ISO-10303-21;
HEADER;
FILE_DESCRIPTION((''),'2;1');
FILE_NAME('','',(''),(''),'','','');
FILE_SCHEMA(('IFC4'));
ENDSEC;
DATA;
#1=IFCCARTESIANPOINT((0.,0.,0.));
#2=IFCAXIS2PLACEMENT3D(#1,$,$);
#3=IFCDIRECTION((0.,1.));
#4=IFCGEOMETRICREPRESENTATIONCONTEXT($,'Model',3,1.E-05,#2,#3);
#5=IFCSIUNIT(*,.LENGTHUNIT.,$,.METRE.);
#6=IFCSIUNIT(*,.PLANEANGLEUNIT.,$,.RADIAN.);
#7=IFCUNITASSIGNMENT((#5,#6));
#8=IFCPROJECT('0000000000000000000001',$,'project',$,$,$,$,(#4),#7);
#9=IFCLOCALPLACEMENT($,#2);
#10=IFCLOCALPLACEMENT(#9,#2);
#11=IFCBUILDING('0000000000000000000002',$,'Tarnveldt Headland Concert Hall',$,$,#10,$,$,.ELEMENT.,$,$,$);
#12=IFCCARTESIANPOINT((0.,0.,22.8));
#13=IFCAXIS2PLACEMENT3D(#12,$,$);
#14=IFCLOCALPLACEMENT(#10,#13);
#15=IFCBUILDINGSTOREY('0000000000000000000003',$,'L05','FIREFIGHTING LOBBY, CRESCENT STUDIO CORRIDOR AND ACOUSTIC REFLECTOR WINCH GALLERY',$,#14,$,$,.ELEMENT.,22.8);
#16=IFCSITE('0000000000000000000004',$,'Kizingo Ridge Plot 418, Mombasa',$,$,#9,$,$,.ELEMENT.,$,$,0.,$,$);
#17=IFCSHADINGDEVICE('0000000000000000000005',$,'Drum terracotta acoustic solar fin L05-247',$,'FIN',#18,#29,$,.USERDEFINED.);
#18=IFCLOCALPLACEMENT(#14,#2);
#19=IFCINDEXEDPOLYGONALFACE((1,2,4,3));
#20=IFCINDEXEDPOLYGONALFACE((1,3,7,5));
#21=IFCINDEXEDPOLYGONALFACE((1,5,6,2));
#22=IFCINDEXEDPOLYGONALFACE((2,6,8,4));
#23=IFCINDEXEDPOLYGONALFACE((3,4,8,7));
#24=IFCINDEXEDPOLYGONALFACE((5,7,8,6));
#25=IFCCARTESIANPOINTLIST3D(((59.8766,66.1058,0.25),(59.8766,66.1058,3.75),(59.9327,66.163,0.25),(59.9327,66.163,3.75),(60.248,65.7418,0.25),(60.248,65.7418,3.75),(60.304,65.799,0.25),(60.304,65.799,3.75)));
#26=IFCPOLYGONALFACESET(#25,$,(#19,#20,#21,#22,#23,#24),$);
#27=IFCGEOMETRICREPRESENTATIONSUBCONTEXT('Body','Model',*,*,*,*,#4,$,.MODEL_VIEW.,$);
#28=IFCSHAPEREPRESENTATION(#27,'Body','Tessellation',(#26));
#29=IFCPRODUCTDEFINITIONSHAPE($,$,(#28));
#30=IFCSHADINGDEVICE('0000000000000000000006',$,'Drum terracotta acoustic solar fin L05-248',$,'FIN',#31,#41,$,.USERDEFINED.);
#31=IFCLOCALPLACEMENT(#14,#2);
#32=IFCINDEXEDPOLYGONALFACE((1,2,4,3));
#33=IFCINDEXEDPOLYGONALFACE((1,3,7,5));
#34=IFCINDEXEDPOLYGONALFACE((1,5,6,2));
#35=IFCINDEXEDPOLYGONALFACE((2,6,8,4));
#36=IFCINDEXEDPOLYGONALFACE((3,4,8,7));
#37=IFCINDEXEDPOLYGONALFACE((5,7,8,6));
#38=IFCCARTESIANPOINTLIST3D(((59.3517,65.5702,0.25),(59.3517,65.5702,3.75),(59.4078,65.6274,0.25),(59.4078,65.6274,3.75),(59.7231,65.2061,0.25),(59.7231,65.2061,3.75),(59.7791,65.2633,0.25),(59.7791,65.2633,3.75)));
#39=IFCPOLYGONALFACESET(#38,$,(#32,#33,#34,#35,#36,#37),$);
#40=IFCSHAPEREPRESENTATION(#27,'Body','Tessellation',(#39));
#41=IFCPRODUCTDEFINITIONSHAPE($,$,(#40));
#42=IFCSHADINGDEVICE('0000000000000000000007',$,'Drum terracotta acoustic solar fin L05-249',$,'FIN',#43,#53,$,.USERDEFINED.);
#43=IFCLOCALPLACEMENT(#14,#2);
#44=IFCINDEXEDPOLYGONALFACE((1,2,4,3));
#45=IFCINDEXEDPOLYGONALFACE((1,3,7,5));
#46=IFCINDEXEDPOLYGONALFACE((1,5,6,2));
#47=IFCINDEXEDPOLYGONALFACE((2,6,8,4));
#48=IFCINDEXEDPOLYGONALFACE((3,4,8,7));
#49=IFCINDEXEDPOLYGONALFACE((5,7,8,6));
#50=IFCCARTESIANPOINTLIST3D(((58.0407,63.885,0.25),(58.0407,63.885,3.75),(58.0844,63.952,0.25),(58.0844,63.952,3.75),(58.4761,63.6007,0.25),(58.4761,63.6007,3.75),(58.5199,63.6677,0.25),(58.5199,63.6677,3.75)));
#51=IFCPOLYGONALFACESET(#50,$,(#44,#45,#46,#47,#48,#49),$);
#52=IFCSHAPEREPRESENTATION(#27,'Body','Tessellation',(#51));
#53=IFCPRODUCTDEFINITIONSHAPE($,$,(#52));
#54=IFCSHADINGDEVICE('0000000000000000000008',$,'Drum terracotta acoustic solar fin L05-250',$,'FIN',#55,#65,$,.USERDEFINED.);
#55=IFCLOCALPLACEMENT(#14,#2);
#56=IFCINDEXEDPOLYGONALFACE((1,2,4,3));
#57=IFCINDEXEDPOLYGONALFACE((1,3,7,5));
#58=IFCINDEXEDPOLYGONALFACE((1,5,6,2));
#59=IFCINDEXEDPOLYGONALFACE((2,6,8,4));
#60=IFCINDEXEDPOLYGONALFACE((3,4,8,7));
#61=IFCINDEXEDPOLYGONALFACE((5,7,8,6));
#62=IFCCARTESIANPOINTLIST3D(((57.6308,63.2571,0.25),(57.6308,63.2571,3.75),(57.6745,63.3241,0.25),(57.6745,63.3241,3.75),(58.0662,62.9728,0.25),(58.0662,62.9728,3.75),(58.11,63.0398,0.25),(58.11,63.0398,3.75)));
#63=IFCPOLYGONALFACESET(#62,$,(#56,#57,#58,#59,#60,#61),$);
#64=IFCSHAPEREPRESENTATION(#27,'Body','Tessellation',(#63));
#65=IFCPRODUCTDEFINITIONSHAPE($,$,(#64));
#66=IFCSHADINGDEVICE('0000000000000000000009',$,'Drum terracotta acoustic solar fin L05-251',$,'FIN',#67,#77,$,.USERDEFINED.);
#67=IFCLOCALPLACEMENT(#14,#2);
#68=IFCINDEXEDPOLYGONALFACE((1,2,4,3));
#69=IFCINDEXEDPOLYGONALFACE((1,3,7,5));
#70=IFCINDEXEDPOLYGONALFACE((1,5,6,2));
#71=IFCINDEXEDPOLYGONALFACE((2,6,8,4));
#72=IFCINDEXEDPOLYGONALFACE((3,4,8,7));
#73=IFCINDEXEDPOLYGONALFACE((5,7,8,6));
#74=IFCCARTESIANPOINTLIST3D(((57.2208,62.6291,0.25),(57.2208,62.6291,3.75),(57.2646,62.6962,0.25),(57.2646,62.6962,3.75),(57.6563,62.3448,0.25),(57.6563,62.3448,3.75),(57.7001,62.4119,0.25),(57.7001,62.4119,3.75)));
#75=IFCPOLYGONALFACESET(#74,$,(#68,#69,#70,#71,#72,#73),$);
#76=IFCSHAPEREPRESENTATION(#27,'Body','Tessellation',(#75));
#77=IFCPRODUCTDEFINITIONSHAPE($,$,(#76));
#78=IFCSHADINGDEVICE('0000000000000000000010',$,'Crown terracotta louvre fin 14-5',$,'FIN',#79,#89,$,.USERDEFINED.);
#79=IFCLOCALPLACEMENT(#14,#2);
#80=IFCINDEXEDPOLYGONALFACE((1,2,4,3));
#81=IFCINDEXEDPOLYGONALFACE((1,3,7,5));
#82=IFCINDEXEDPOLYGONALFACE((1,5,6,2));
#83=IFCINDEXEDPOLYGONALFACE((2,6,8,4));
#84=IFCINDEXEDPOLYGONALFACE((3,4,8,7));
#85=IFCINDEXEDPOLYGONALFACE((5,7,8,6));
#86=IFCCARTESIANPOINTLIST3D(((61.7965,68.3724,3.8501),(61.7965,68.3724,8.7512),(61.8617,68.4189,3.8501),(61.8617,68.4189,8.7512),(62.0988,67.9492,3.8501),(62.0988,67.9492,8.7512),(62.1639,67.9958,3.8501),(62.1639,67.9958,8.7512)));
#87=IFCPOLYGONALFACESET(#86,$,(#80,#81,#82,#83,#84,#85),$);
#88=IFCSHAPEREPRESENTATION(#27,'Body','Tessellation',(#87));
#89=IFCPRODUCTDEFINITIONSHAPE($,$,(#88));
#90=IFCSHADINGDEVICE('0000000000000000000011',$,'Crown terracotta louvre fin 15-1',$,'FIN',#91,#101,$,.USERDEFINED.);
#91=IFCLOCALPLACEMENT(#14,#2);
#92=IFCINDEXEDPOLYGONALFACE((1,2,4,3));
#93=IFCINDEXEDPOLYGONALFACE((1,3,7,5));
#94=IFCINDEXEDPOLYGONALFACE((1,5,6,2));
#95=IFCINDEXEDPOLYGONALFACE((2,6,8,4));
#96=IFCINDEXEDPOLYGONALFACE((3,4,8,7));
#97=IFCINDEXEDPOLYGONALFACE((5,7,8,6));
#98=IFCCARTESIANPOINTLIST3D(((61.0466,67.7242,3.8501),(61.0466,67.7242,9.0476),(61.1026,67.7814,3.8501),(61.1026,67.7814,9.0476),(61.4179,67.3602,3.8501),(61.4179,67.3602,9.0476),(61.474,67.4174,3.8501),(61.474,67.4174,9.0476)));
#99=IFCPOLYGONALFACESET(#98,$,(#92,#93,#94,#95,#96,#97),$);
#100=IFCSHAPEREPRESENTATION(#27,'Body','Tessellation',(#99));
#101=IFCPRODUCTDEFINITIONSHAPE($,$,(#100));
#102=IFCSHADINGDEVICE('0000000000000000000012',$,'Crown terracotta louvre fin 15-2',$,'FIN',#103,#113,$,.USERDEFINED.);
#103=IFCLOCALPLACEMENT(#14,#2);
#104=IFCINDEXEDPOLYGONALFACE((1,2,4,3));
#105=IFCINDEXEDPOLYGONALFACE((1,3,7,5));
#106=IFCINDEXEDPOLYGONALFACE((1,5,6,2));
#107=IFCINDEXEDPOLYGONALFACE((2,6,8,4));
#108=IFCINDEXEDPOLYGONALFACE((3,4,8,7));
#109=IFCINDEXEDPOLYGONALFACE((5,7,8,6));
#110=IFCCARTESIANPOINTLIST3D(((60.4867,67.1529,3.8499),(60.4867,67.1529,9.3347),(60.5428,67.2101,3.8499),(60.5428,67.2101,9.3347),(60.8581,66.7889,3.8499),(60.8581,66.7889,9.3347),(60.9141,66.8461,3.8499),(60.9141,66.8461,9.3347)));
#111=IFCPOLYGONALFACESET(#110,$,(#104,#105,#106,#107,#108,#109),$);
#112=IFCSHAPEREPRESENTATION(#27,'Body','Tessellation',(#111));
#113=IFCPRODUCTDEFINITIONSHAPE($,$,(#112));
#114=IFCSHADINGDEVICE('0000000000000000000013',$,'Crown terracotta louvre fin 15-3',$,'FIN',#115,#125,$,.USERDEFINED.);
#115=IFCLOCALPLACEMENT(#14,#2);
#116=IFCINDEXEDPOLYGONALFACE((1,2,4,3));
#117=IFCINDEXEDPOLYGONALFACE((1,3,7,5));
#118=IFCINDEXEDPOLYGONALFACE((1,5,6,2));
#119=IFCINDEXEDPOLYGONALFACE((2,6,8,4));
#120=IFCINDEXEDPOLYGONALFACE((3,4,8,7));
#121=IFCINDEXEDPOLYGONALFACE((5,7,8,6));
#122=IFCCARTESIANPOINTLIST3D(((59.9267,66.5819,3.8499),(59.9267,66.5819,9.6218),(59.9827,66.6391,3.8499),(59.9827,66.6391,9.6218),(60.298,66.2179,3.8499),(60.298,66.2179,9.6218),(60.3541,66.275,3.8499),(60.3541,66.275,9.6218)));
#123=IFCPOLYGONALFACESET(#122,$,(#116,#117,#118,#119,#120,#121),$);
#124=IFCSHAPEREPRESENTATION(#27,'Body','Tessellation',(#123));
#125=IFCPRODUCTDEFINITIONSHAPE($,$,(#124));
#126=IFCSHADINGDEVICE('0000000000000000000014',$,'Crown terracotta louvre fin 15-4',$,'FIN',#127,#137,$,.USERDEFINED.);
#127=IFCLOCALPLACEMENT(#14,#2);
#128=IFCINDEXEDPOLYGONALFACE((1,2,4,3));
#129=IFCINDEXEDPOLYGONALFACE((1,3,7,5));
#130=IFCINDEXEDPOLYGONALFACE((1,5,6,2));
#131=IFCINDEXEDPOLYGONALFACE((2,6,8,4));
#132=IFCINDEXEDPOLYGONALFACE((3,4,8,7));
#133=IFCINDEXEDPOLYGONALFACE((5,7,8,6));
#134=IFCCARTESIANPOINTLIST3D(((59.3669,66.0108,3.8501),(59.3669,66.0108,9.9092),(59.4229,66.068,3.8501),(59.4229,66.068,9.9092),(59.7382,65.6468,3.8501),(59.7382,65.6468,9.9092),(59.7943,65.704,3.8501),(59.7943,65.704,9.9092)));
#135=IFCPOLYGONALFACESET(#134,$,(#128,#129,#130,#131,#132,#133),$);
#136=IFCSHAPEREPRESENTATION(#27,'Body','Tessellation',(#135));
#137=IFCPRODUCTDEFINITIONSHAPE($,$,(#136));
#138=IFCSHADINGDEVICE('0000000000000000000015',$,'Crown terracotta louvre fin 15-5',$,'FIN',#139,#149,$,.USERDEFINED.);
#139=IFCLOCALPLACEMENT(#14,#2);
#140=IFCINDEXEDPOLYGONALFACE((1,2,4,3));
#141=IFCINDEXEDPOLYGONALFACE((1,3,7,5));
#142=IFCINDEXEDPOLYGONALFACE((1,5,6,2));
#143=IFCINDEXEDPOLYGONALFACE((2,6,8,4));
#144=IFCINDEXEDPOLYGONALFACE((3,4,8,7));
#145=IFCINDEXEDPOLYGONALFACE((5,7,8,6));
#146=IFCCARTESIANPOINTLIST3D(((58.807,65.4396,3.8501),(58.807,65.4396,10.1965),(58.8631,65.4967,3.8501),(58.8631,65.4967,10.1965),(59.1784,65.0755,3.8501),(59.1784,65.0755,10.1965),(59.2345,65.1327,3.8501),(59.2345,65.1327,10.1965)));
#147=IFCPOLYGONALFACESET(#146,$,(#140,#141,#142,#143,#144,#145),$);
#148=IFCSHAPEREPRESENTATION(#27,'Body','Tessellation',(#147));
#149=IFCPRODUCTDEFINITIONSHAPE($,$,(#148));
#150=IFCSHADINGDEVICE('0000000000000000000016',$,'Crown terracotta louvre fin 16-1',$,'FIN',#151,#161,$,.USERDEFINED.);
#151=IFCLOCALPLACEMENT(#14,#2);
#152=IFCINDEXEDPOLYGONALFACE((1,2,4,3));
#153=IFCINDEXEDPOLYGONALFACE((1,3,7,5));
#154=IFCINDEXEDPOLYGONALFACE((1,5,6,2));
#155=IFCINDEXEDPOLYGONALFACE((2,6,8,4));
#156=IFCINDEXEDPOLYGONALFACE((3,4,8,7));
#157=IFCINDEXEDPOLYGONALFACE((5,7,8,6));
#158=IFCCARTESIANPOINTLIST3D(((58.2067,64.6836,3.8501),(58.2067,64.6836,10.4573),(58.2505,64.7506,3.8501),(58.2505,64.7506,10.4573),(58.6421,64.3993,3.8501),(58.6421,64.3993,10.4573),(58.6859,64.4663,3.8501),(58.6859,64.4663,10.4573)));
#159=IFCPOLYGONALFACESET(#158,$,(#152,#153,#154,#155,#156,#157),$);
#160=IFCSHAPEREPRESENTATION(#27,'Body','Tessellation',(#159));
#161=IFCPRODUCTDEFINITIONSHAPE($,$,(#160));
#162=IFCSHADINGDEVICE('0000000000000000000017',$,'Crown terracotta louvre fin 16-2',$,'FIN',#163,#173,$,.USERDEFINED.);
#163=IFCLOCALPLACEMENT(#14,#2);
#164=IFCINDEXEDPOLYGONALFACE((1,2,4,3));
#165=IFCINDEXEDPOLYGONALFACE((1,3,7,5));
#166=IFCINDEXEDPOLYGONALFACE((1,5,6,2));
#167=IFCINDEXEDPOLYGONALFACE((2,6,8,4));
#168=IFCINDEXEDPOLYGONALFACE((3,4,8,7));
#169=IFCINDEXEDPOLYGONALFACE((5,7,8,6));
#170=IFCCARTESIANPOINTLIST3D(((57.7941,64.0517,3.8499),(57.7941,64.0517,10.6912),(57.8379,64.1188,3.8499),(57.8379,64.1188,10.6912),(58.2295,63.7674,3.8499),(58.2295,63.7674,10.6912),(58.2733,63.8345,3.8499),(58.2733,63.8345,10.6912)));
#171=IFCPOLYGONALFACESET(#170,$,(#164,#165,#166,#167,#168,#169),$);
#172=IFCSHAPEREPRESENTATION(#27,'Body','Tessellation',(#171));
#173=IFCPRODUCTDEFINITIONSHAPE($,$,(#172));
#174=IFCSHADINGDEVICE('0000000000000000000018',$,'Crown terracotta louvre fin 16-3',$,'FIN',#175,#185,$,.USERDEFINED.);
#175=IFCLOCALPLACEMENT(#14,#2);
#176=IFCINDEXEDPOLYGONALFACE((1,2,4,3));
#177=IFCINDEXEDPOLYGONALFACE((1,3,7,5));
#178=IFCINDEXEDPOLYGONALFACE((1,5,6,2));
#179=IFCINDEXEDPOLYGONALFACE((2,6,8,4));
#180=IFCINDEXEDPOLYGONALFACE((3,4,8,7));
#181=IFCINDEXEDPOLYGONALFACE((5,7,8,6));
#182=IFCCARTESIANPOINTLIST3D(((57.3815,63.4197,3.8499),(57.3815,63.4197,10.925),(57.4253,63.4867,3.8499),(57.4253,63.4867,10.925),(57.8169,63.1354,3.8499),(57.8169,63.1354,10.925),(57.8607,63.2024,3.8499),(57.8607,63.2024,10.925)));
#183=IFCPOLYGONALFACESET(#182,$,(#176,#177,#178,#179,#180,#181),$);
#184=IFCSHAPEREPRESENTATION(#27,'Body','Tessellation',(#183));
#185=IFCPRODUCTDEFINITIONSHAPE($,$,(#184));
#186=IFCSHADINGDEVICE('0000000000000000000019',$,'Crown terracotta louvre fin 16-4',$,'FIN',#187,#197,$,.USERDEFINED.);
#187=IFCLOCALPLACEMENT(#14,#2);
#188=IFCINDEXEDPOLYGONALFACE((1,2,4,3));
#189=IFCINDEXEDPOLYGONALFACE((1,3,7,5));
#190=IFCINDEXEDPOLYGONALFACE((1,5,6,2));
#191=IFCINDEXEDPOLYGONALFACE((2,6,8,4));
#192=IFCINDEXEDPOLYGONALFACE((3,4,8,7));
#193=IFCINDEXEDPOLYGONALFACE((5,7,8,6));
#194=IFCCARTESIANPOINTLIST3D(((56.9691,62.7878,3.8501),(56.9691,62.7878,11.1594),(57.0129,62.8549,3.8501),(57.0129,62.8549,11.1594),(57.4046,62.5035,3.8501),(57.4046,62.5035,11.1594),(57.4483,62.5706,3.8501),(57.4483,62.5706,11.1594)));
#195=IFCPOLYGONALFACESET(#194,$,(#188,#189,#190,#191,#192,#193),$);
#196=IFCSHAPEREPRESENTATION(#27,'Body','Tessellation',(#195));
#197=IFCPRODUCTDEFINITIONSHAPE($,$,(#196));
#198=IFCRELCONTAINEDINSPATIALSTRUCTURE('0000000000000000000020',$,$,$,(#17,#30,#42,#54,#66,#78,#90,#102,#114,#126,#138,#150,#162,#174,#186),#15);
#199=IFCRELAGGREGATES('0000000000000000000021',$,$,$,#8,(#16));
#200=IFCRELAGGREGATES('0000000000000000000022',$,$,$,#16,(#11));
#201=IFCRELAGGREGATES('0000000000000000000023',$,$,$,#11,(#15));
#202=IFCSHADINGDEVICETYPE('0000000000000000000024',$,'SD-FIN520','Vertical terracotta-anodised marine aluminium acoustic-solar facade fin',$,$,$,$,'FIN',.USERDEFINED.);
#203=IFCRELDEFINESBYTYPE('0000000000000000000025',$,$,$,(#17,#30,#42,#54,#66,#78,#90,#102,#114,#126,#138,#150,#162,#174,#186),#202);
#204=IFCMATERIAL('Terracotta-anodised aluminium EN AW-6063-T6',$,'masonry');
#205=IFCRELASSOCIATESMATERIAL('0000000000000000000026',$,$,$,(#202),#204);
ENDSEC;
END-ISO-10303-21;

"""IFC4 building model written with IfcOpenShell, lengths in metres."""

from ifc_helpers import new_model, si_unit, direction, frame, origin, origin_2d, place, context, subcontext, project, spatial, rectangle, extrude, material, type_object, element, save


model = new_model("IFC4")

# Units and contexts
model_context = context("Model", 3, precision=1e-05, world=origin(), true_north=direction((0.0, 1.0)))
body_context = subcontext(model_context, "Body", "Model", "MODEL_VIEW")
ifc_project = project(units=[si_unit("LENGTHUNIT", "METRE"), si_unit("PLANEANGLEUNIT", "RADIAN")], contexts=[model_context])

# Site, building, storey
site_placement = place(None, origin())
site = spatial("IfcSite", under=ifc_project, at=site_placement, Name="Kizingo Ridge Plot 418, Mombasa", CompositionType="ELEMENT", RefElevation=0.0)
building_placement = place(site_placement, origin())
building = spatial("IfcBuilding", under=site, at=building_placement, Name="Tarnveldt Headland Concert Hall", CompositionType="ELEMENT")
storey_placement = place(building_placement, frame((0.0, 0.0, 22.8)))
storey = spatial("IfcBuildingStorey", under=building, at=storey_placement, Name="L05", Description="FIREFIGHTING LOBBY, CRESCENT STUDIO CORRIDOR AND ACOUSTIC REFLECTOR WINCH GALLERY", CompositionType="ELEMENT", Elevation=22.8)

# Shading devices
ifc_material_1 = material(Name="Terracotta-anodised aluminium EN AW-6063-T6", Category="masonry")
shading_device_type = type_object("IfcShadingDeviceType", Name="SD-FIN520", Description="Vertical terracotta-anodised marine aluminium acoustic-solar facade fin", ElementType="FIN", PredefinedType="USERDEFINED", material=ifc_material_1)
for number, where, z_axis, x_axis, name in (
    (1, (60.0903, 65.9524, 0.25), (0.0, 0.0, 1.0), (-0.714106, 0.700037, 0.0), "Drum terracotta acoustic solar fin L05-247"),
    (2, (59.5654, 65.4167, 0.25), (0.0, 0.0, 1.0), (-0.714106, 0.700037, 0.0), "Drum terracotta acoustic solar fin L05-248"),
    (3, (58.2803, 63.7764, 0.25), (0.0, 0.0, 1.0), (-0.837337, 0.546687, 0.0), "Drum terracotta acoustic solar fin L05-249"),
    (4, (57.8704, 63.1484, 0.25), (0.0, 0.0, 1.0), (-0.837337, 0.546687, 0.0), "Drum terracotta acoustic solar fin L05-250"),
    (5, (57.4604, 62.5205, 0.25), (0.0, 0.0, 1.0), (-0.837337, 0.546687, 0.0), "Drum terracotta acoustic solar fin L05-251"),
):
    element("IfcShadingDevice", number, at=place(storey_placement, frame(where, z_axis=z_axis, x_axis=x_axis)), inside=storey, type_object=shading_device_type, Name=name, ObjectType="FIN", PredefinedType="USERDEFINED", context=body_context, shape_type="SweptSolid", body=[
        extrude(rectangle(XDim=0.52, YDim=0.0801, at=origin_2d()), origin(), (0.0, 0.0, 1.0), 3.5),
    ])
shading_device_1_placement = place(storey_placement, frame((61.9802, 68.1841, 3.8501), z_axis=(0.0, 0.0, 1.0), x_axis=(-0.581271, 0.81371, 0.0)))
element("IfcShadingDevice", 6, at=shading_device_1_placement, inside=storey, type_object=shading_device_type, Name="Crown terracotta louvre fin 14-5", ObjectType="FIN", PredefinedType="USERDEFINED", context=body_context, shape_type="SweptSolid", body=[
    extrude(rectangle(XDim=0.52, YDim=0.0801, at=origin_2d()), origin(), (0.0, 0.0, 1.0), 4.9011),
])
shading_device_2_placement = place(storey_placement, frame((61.2603, 67.5708, 3.8501), z_axis=(0.0, 0.0, 1.0), x_axis=(-0.714106, 0.700037, 0.0)))
element("IfcShadingDevice", 7, at=shading_device_2_placement, inside=storey, type_object=shading_device_type, Name="Crown terracotta louvre fin 15-1", ObjectType="FIN", PredefinedType="USERDEFINED", context=body_context, shape_type="SweptSolid", body=[
    extrude(rectangle(XDim=0.52, YDim=0.0801, at=origin_2d()), origin(), (0.0, 0.0, 1.0), 5.1975),
])
shading_device_3_placement = place(storey_placement, frame((60.7004, 66.9995, 3.8499), z_axis=(0.0, 0.0, 1.0), x_axis=(-0.714106, 0.700037, 0.0)))
element("IfcShadingDevice", 8, at=shading_device_3_placement, inside=storey, type_object=shading_device_type, Name="Crown terracotta louvre fin 15-2", ObjectType="FIN", PredefinedType="USERDEFINED", context=body_context, shape_type="SweptSolid", body=[
    extrude(rectangle(XDim=0.52, YDim=0.0801, at=origin_2d()), origin(), (0.0, 0.0, 1.0), 5.4849),
])
shading_device_4_placement = place(storey_placement, frame((60.1404, 66.4285, 3.8499), z_axis=(0.0, 0.0, 1.0), x_axis=(-0.714106, 0.700037, 0.0)))
element("IfcShadingDevice", 9, at=shading_device_4_placement, inside=storey, type_object=shading_device_type, Name="Crown terracotta louvre fin 15-3", ObjectType="FIN", PredefinedType="USERDEFINED", context=body_context, shape_type="SweptSolid", body=[
    extrude(rectangle(XDim=0.52, YDim=0.0801, at=origin_2d()), origin(), (0.0, 0.0, 1.0), 5.772),
])
shading_device_5_placement = place(storey_placement, frame((59.5806, 65.8574, 3.8501), z_axis=(0.0, 0.0, 1.0), x_axis=(-0.714106, 0.700037, 0.0)))
element("IfcShadingDevice", 10, at=shading_device_5_placement, inside=storey, type_object=shading_device_type, Name="Crown terracotta louvre fin 15-4", ObjectType="FIN", PredefinedType="USERDEFINED", context=body_context, shape_type="SweptSolid", body=[
    extrude(rectangle(XDim=0.52, YDim=0.0801, at=origin_2d()), origin(), (0.0, 0.0, 1.0), 6.0591),
])
shading_device_6_placement = place(storey_placement, frame((59.0208, 65.2861, 3.8501), z_axis=(0.0, 0.0, 1.0), x_axis=(-0.714106, 0.700037, 0.0)))
element("IfcShadingDevice", 11, at=shading_device_6_placement, inside=storey, type_object=shading_device_type, Name="Crown terracotta louvre fin 15-5", ObjectType="FIN", PredefinedType="USERDEFINED", context=body_context, shape_type="SweptSolid", body=[
    extrude(rectangle(XDim=0.52, YDim=0.0801, at=origin_2d()), origin(), (0.0, 0.0, 1.0), 6.3464),
])
shading_device_7_placement = place(storey_placement, frame((58.4463, 64.575, 3.8501), z_axis=(0.0, 0.0, 1.0), x_axis=(-0.837337, 0.546687, 0.0)))
element("IfcShadingDevice", 12, at=shading_device_7_placement, inside=storey, type_object=shading_device_type, Name="Crown terracotta louvre fin 16-1", ObjectType="FIN", PredefinedType="USERDEFINED", context=body_context, shape_type="SweptSolid", body=[
    extrude(rectangle(XDim=0.52, YDim=0.0801, at=origin_2d()), origin(), (0.0, 0.0, 1.0), 6.6072),
])
shading_device_8_placement = place(storey_placement, frame((58.0337, 63.9431, 3.8499), z_axis=(0.0, 0.0, 1.0), x_axis=(-0.837337, 0.546687, 0.0)))
element("IfcShadingDevice", 13, at=shading_device_8_placement, inside=storey, type_object=shading_device_type, Name="Crown terracotta louvre fin 16-2", ObjectType="FIN", PredefinedType="USERDEFINED", context=body_context, shape_type="SweptSolid", body=[
    extrude(rectangle(XDim=0.52, YDim=0.0801, at=origin_2d()), origin(), (0.0, 0.0, 1.0), 6.8413),
])
shading_device_9_placement = place(storey_placement, frame((57.6211, 63.311, 3.8499), z_axis=(0.0, 0.0, 1.0), x_axis=(-0.837337, 0.546687, 0.0)))
element("IfcShadingDevice", 14, at=shading_device_9_placement, inside=storey, type_object=shading_device_type, Name="Crown terracotta louvre fin 16-3", ObjectType="FIN", PredefinedType="USERDEFINED", context=body_context, shape_type="SweptSolid", body=[
    extrude(rectangle(XDim=0.52, YDim=0.0801, at=origin_2d()), origin(), (0.0, 0.0, 1.0), 7.0752),
])
shading_device_10_placement = place(storey_placement, frame((57.2087, 62.6792, 3.8501), z_axis=(0.0, 0.0, 1.0), x_axis=(-0.837337, 0.546687, 0.0)))
element("IfcShadingDevice", 15, at=shading_device_10_placement, inside=storey, type_object=shading_device_type, Name="Crown terracotta louvre fin 16-4", ObjectType="FIN", PredefinedType="USERDEFINED", context=body_context, shape_type="SweptSolid", body=[
    extrude(rectangle(XDim=0.52, YDim=0.0801, at=origin_2d()), origin(), (0.0, 0.0, 1.0), 7.3093),
])

save(model, "model.ifc")
